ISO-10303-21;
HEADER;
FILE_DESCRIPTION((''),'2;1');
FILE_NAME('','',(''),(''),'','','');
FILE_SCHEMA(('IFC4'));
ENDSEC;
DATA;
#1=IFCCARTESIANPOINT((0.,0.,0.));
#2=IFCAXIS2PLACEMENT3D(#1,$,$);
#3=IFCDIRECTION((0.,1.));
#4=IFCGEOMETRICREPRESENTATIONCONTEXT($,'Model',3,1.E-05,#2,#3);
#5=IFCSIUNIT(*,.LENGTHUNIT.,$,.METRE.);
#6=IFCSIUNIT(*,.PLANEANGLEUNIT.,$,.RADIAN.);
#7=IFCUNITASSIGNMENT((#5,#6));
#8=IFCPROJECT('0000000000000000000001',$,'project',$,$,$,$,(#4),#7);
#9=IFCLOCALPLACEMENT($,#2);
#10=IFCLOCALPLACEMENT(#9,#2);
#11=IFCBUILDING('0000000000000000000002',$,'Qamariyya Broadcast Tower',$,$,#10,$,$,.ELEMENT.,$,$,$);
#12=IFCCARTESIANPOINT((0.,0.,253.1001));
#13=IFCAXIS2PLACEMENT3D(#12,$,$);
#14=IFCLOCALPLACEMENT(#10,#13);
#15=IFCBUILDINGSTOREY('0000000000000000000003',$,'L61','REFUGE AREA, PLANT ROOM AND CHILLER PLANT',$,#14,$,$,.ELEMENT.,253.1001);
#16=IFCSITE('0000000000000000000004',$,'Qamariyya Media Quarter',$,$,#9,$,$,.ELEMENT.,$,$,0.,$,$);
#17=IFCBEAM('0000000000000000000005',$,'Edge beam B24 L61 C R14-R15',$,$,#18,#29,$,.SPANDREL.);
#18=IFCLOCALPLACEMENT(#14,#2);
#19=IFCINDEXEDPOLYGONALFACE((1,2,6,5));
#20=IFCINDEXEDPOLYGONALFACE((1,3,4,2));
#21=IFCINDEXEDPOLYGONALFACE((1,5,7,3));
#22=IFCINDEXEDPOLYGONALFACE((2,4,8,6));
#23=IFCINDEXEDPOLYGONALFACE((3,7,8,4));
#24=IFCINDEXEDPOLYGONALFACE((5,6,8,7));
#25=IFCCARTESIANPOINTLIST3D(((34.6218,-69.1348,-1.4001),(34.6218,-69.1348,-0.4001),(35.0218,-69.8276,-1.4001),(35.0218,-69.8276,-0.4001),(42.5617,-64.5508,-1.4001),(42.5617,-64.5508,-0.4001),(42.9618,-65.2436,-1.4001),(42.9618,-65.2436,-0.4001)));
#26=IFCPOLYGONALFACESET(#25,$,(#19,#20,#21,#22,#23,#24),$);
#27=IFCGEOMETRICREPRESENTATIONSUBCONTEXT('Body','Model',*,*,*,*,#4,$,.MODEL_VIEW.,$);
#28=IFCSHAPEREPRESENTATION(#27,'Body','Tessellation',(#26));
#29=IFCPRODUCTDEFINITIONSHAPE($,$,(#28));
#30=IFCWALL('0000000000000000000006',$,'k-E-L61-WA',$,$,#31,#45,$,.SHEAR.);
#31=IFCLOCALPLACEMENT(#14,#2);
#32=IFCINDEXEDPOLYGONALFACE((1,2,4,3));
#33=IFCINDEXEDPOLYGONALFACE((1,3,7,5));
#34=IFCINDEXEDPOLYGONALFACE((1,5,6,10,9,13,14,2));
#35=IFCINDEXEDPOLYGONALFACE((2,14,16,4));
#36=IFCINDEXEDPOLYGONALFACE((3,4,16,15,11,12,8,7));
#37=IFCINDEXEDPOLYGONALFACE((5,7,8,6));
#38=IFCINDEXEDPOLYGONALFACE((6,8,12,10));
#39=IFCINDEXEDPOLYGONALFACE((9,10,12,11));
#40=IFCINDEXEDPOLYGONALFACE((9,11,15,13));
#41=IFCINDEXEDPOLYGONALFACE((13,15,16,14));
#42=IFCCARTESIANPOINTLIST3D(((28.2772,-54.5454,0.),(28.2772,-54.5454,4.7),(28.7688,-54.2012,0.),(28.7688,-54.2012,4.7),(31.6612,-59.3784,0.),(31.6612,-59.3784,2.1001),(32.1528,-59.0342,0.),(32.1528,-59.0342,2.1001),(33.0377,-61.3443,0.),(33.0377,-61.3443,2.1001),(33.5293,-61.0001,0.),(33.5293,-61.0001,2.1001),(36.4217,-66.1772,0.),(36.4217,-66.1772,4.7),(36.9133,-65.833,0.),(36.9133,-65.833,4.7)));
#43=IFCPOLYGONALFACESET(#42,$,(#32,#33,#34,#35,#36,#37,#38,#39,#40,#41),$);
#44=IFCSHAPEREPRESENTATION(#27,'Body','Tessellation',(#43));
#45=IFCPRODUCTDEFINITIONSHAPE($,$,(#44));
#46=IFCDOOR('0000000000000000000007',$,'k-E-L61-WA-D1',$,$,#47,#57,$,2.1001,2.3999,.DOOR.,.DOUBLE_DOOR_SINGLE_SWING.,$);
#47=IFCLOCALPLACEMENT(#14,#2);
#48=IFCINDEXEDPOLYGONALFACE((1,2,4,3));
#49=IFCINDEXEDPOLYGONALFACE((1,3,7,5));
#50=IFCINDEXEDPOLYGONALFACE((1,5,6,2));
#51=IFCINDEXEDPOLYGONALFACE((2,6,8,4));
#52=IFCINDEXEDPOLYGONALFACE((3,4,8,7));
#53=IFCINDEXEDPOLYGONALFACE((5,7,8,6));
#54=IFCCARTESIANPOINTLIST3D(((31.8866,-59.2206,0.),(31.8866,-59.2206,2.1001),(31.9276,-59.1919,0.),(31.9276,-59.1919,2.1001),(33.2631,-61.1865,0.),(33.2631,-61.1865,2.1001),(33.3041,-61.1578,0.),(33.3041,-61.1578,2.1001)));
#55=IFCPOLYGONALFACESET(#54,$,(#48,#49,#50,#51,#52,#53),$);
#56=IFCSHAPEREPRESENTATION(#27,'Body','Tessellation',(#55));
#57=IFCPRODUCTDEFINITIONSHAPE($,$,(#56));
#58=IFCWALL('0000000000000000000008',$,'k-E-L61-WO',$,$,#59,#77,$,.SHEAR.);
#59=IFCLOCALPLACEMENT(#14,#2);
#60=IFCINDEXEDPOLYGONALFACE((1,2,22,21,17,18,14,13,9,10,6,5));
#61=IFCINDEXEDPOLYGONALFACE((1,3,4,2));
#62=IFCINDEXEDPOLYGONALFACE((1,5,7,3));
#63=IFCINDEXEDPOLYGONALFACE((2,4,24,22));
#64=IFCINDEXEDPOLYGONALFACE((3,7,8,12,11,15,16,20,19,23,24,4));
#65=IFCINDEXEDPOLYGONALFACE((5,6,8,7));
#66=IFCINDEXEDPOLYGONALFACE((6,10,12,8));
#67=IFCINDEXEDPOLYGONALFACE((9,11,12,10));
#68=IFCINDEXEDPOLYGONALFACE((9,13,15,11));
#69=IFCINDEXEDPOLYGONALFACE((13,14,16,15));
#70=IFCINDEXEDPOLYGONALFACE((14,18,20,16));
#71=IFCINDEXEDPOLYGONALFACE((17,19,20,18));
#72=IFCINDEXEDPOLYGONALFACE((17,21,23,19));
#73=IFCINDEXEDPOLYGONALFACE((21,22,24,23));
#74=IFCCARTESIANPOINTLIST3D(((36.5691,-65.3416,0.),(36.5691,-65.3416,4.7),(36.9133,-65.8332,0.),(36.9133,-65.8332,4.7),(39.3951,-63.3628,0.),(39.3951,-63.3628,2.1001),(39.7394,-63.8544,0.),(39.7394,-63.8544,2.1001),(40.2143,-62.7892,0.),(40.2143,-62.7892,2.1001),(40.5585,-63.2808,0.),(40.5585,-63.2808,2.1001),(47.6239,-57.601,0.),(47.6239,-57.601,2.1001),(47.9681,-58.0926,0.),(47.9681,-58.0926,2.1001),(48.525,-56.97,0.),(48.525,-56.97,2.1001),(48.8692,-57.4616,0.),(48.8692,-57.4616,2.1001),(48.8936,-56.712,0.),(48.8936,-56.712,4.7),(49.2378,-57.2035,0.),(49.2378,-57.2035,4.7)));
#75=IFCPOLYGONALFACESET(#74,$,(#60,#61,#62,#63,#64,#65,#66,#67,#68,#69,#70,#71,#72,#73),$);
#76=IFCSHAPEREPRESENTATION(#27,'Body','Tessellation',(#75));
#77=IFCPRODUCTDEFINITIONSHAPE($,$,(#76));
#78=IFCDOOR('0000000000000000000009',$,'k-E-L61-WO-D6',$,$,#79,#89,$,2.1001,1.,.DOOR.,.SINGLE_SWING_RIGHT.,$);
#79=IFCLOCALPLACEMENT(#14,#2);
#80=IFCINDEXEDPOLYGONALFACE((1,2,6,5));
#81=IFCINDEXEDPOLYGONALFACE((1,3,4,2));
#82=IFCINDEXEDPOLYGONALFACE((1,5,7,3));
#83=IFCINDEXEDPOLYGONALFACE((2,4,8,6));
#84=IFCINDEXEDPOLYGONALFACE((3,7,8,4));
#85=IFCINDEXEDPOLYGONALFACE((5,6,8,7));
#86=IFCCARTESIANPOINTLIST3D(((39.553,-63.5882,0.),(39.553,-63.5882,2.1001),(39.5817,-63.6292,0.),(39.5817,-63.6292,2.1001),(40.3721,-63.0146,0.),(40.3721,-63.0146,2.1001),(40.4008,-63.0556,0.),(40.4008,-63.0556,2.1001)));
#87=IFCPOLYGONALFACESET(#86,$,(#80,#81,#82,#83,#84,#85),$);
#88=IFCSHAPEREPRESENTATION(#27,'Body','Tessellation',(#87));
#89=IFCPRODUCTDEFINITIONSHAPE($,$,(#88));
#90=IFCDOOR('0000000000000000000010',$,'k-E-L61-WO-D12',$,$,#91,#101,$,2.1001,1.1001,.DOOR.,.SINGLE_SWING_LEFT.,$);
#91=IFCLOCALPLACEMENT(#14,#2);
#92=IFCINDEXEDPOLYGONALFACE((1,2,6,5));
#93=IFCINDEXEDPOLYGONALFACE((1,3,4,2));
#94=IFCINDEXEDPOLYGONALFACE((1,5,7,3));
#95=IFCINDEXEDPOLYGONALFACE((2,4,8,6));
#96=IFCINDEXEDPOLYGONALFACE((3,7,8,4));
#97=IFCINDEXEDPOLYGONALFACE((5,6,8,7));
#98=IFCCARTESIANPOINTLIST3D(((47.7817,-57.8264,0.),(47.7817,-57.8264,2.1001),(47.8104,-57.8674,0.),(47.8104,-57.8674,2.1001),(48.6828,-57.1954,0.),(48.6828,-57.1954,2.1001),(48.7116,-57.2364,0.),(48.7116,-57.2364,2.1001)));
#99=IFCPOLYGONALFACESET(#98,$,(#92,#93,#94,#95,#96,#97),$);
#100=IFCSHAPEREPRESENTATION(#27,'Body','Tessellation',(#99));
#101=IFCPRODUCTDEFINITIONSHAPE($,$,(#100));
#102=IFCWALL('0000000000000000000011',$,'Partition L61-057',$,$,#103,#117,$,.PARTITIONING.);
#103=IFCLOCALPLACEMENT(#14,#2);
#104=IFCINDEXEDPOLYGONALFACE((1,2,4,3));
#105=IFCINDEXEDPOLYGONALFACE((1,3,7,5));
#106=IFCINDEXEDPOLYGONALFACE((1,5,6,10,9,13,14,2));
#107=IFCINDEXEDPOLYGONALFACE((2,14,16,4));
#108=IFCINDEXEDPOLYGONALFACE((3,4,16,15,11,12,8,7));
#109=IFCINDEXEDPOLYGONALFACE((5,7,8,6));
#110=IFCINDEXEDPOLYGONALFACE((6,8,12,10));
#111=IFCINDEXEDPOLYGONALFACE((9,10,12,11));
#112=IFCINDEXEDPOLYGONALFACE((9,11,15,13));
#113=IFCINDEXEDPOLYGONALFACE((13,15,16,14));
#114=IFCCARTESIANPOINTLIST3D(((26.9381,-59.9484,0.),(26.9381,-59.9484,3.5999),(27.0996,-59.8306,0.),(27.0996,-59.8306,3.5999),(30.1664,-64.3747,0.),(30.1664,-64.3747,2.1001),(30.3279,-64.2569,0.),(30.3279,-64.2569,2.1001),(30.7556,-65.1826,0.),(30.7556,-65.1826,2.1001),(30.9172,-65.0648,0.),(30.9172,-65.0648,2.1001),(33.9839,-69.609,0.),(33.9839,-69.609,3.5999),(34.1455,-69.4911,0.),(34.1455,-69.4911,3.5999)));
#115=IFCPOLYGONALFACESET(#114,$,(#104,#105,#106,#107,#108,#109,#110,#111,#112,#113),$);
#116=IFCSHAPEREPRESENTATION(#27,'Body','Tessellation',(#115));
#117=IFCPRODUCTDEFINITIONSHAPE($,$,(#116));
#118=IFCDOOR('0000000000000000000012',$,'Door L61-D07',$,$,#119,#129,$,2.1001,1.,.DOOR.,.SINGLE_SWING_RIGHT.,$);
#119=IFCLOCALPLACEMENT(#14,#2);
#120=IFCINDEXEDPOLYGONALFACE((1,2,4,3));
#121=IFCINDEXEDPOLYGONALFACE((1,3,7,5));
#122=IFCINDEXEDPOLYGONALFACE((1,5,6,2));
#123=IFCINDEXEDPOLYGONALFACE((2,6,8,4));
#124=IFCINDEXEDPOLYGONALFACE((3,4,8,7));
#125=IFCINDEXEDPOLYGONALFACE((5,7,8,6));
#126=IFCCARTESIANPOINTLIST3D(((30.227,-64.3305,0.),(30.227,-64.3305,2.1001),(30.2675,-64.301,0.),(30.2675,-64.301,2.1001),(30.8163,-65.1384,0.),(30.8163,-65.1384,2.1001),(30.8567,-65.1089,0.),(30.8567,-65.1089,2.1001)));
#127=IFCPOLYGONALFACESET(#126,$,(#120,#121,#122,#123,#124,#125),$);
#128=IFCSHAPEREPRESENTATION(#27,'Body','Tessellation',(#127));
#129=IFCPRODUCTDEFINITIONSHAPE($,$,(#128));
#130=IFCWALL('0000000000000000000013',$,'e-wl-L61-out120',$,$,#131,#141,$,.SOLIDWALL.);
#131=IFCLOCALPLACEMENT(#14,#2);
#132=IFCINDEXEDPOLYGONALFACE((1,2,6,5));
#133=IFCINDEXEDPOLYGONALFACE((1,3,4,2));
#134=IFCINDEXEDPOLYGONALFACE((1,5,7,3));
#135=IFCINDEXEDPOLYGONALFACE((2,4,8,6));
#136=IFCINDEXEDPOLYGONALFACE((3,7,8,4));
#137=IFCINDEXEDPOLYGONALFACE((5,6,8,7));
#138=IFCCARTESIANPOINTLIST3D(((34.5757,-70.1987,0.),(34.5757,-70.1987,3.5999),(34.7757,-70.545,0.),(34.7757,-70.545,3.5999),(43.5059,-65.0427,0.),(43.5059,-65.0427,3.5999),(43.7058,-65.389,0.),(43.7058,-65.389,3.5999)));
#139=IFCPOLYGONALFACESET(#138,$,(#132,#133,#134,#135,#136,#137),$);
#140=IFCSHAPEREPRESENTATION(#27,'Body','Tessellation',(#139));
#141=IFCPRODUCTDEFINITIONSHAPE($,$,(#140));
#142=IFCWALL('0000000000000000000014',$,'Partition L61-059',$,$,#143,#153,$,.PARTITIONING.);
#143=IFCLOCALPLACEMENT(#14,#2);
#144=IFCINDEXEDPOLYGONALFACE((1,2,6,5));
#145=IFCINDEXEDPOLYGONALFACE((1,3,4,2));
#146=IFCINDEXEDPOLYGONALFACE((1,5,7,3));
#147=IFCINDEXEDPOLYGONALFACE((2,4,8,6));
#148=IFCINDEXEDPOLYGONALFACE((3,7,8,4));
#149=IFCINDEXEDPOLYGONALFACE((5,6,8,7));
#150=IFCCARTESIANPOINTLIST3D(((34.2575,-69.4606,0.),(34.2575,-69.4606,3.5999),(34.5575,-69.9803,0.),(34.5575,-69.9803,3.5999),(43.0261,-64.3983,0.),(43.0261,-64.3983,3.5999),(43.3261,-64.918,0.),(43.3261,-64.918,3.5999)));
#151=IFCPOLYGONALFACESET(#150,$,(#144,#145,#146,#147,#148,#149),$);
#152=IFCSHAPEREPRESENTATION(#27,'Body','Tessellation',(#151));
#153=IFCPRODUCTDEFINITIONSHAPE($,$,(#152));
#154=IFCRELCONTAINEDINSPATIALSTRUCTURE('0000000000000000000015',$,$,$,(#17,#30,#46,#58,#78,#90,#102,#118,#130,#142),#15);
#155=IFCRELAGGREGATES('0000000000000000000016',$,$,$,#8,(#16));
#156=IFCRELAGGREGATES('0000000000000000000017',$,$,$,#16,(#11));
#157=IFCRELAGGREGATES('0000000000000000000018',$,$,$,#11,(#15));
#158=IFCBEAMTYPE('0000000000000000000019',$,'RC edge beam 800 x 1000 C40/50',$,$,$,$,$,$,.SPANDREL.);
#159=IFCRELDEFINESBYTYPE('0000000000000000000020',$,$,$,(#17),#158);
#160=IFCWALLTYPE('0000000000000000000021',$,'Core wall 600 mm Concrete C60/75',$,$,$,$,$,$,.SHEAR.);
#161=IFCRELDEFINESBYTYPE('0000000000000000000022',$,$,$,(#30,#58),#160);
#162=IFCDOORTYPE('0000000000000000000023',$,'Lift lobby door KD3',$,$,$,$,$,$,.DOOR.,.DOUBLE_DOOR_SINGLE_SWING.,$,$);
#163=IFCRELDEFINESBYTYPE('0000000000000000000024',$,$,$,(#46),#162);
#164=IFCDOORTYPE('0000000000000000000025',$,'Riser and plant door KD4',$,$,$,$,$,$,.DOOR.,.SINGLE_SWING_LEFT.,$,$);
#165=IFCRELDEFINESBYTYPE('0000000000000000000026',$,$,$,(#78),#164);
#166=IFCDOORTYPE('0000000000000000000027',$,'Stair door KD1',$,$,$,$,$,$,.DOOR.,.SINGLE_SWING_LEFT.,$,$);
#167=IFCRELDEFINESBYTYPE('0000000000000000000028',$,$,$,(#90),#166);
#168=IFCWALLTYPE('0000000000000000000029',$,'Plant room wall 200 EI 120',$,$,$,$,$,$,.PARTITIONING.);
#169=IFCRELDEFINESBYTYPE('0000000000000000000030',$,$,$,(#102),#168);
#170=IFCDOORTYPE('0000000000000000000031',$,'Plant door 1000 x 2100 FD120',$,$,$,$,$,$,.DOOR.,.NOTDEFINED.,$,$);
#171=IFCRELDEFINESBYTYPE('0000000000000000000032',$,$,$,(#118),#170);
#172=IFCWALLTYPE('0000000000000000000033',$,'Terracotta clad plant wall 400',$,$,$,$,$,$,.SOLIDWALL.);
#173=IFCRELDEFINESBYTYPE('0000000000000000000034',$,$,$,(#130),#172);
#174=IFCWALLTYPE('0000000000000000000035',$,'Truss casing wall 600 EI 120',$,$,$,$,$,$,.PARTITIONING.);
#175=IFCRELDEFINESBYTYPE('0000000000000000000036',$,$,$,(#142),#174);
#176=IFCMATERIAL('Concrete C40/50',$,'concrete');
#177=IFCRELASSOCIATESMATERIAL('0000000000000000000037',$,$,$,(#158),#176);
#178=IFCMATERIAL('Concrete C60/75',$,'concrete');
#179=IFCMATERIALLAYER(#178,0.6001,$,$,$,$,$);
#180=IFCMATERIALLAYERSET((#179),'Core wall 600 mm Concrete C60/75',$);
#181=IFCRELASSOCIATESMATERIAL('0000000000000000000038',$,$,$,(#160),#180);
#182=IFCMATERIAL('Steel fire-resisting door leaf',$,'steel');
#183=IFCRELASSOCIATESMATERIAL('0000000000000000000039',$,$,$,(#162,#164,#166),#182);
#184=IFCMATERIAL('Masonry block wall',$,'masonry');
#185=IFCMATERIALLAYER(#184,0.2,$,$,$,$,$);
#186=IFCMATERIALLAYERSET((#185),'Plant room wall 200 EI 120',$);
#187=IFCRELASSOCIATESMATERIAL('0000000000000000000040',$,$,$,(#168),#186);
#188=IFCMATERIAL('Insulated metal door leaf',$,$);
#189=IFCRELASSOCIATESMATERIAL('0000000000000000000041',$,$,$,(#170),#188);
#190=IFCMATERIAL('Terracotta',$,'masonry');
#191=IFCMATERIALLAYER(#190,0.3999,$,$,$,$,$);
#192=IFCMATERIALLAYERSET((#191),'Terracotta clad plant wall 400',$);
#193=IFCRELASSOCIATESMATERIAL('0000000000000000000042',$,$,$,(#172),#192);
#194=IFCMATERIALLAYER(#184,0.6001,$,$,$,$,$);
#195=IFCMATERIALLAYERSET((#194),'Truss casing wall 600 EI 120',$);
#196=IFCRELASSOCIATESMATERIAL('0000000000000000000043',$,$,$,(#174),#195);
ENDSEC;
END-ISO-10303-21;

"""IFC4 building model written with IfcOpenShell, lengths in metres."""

from ifc_helpers import new_model, si_unit, direction, frame, frame_2d, origin, origin_2d, place, context, subcontext, project, spatial, rectangle, extrude, material, layer, layer_set, material_profile, profile_set, type_object, element, fill, save


model = new_model("IFC4")

# Units and contexts
model_context = context("Model", 3, precision=1e-05, world=origin(), true_north=direction((0.0, 1.0)))
body_context = subcontext(model_context, "Body", "Model", "MODEL_VIEW")
ifc_project = project(units=[si_unit("LENGTHUNIT", "METRE"), si_unit("PLANEANGLEUNIT", "RADIAN")], contexts=[model_context])

# Site, building, storey
site_placement = place(None, origin())
site = spatial("IfcSite", under=ifc_project, at=site_placement, Name="Qamariyya Media Quarter", CompositionType="ELEMENT", RefElevation=0.0)
building_placement = place(site_placement, origin())
building = spatial("IfcBuilding", under=site, at=building_placement, Name="Qamariyya Broadcast Tower", CompositionType="ELEMENT")
storey_placement = place(building_placement, frame((0.0, 0.0, 253.1001)))
storey = spatial("IfcBuildingStorey", under=building, at=storey_placement, Name="L61", Description="REFUGE AREA, PLANT ROOM AND CHILLER PLANT", CompositionType="ELEMENT", Elevation=253.1001)

# Shared definitions
ifc_material_1 = material(Name="Concrete C60/75", Category="concrete")

# Beam
ifc_material_2 = material(Name="Concrete C40/50", Category="concrete")
ifc_material_profile_1 = material_profile(ifc_material_2, rectangle(XDim=0.8, YDim=1.0, at=origin_2d()))
ifc_profile_set_1 = profile_set([ifc_material_profile_1], Name="Concrete C40/50")
beam_type = type_object("IfcBeamType", Name="RC edge beam 800 x 1000 C40/50", PredefinedType="SPANDREL", material=ifc_profile_set_1)
beam_placement = place(storey_placement, frame((34.8218, -69.4812, -0.9001), z_axis=(0.866032, 0.499988, 0.0), x_axis=(-0.499988, 0.866032, 0.0)))
element("IfcBeam", 1, at=beam_placement, inside=storey, type_object=beam_type, Name="Edge beam B24 L61 C R14-R15", PredefinedType="SPANDREL", context=body_context, shape_type="SweptSolid", body=[
    extrude(rectangle(XDim=0.8, YDim=1.0, at=origin_2d()), origin(), (0.0, 0.0, 1.0), 9.1682),
])

# Wall, opening, door
ifc_layer_1 = layer(ifc_material_1, 0.6001)
ifc_layer_set_1 = layer_set([ifc_layer_1], Name="Core wall 600 mm Concrete C60/75")
wall_type_1 = type_object("IfcWallType", Name="Core wall 600 mm Concrete C60/75", PredefinedType="SHEAR", material=ifc_layer_set_1)
wall_1_placement = place(storey_placement, frame((36.6675, -66.0051, 0.0), z_axis=(0.0, 0.0, 1.0), x_axis=(-0.573568, 0.819158, 0.0)))
wall_1 = element("IfcWall", 2, at=wall_1_placement, inside=storey, type_object=wall_type_1, Name="k-E-L61-WA", PredefinedType="SHEAR", context=body_context, shape_type="SweptSolid", body=[
    extrude(rectangle(XDim=14.1997, YDim=0.6001, at=frame_2d((7.0999, 0.0))), origin(), (0.0, 0.0, 1.0), 4.7),
])
opening_1_placement = place(wall_1_placement, frame((5.8999, 0.0, 0.0)))
opening_1 = element("IfcOpeningElement", 3, at=opening_1_placement, cuts=wall_1, PredefinedType="OPENING", context=body_context, shape_type="SweptSolid", body=[
    extrude(rectangle(XDim=2.3999, YDim=2.1001, at=frame_2d((1.2, 1.05))), frame((0.0, 0.3101, 0.0), z_axis=(0.0, -1.0, 0.0), x_axis=(1.0, 0.0, 0.0)), (0.0, 0.0, 1.0), 0.6201),
])
ifc_material_3 = material(Name="Steel fire-resisting door leaf", Category="steel")
door_type_1 = type_object("IfcDoorType", Name="Lift lobby door KD3", OperationType="DOUBLE_DOOR_SINGLE_SWING", PredefinedType="DOOR", material=ifc_material_3)
door_1_placement = place(opening_1_placement, origin())
door_1 = element("IfcDoor", 4, at=door_1_placement, inside=storey, type_object=door_type_1, Name="k-E-L61-WA-D1", OperationType="DOUBLE_DOOR_SINGLE_SWING", OverallHeight=2.1001, OverallWidth=2.3999, PredefinedType="DOOR", context=body_context, shape_type="SweptSolid", body=[
    extrude(rectangle(XDim=2.3999, YDim=2.1001, at=frame_2d((1.2, 1.05))), frame((0.0, 0.0249, 0.0), z_axis=(0.0, -1.0, 0.0), x_axis=(1.0, 0.0, 0.0)), (0.0, 0.0, 1.0), 0.05),
])
fill(opening_1, door_1)

# Wall, openings, doors
wall_2_placement = place(storey_placement, frame((36.7412, -65.5874, 0.0), z_axis=(0.0, 0.0, 1.0), x_axis=(0.819153, 0.573575, 0.0)))
wall_2 = element("IfcWall", 5, at=wall_2_placement, inside=storey, type_object=wall_type_1, Name="k-E-L61-WO", PredefinedType="SHEAR", context=body_context, shape_type="SweptSolid", body=[
    extrude(rectangle(XDim=15.0454, YDim=0.6001, at=frame_2d((7.5227, 0.0))), origin(), (0.0, 0.0, 1.0), 4.7),
])
opening_2_placement = place(wall_2_placement, frame((3.45, 0.0, 0.0)))
opening_2 = element("IfcOpeningElement", 6, at=opening_2_placement, cuts=wall_2, PredefinedType="OPENING", context=body_context, shape_type="SweptSolid", body=[
    extrude(rectangle(XDim=1.0, YDim=2.1001, at=frame_2d((0.5, 1.05))), frame((0.0, 0.3101, 0.0), z_axis=(0.0, -1.0, 0.0), x_axis=(1.0, 0.0, 0.0)), (0.0, 0.0, 1.0), 0.6201),
])
opening_3_placement = place(wall_2_placement, frame((13.4954, 0.0, 0.0)))
opening_3 = element("IfcOpeningElement", 7, at=opening_3_placement, cuts=wall_2, PredefinedType="OPENING", context=body_context, shape_type="SweptSolid", body=[
    extrude(rectangle(XDim=1.1001, YDim=2.1001, at=frame_2d((0.55, 1.05))), frame((0.0, 0.3101, 0.0), z_axis=(0.0, -1.0, 0.0), x_axis=(1.0, 0.0, 0.0)), (0.0, 0.0, 1.0), 0.6201),
])
door_type_2 = type_object("IfcDoorType", Name="Riser and plant door KD4", OperationType="SINGLE_SWING_LEFT", PredefinedType="DOOR", material=ifc_material_3)
door_2_placement = place(opening_2_placement, origin())
door_2 = element("IfcDoor", 8, at=door_2_placement, inside=storey, type_object=door_type_2, Name="k-E-L61-WO-D6", OperationType="SINGLE_SWING_RIGHT", OverallHeight=2.1001, OverallWidth=1.0, PredefinedType="DOOR", context=body_context, shape_type="SweptSolid", body=[
    extrude(rectangle(XDim=1.0, YDim=2.1001, at=frame_2d((0.5, 1.05))), frame((0.0, 0.0249, 0.0), z_axis=(0.0, -1.0, 0.0), x_axis=(1.0, 0.0, 0.0)), (0.0, 0.0, 1.0), 0.05),
])
fill(opening_2, door_2)
door_type_3 = type_object("IfcDoorType", Name="Stair door KD1", OperationType="SINGLE_SWING_LEFT", PredefinedType="DOOR", material=ifc_material_3)
door_3_placement = place(opening_3_placement, origin())
door_3 = element("IfcDoor", 9, at=door_3_placement, inside=storey, type_object=door_type_3, Name="k-E-L61-WO-D12", OperationType="SINGLE_SWING_LEFT", OverallHeight=2.1001, OverallWidth=1.1001, PredefinedType="DOOR", context=body_context, shape_type="SweptSolid", body=[
    extrude(rectangle(XDim=1.1001, YDim=2.1001, at=frame_2d((0.55, 1.05))), frame((0.0, 0.0249, 0.0), z_axis=(0.0, -1.0, 0.0), x_axis=(1.0, 0.0, 0.0)), (0.0, 0.0, 1.0), 0.05),
])
fill(opening_3, door_3)

# Wall, opening, door
ifc_material_4 = material(Name="Masonry block wall", Category="masonry")
ifc_layer_2 = layer(ifc_material_4, 0.2)
ifc_layer_set_2 = layer_set([ifc_layer_2], Name="Plant room wall 200 EI 120")
wall_type_2 = type_object("IfcWallType", Name="Plant room wall 200 EI 120", PredefinedType="PARTITIONING", material=ifc_layer_set_2)
wall_3_placement = place(storey_placement, frame((34.0647, -69.55, 0.0), z_axis=(0.0, 0.0, 1.0), x_axis=(-0.589264, 0.807941, 0.0)))
wall_3 = element("IfcWall", 10, at=wall_3_placement, inside=storey, type_object=wall_type_2, Name="Partition L61-057", PredefinedType="PARTITIONING", context=body_context, shape_type="SweptSolid", body=[
    extrude(rectangle(XDim=11.957, YDim=0.2, at=frame_2d((5.9785, 0.0))), origin(), (0.0, 0.0, 1.0), 3.5999),
])
opening_4_placement = place(wall_3_placement, frame((5.4785, 0.0, 0.0)))
opening_4 = element("IfcOpeningElement", 11, at=opening_4_placement, cuts=wall_3, PredefinedType="OPENING", context=body_context, shape_type="SweptSolid", body=[
    extrude(rectangle(XDim=1.0, YDim=2.1001, at=frame_2d((0.5, 1.05))), frame((0.0, 0.1099, 0.0), z_axis=(0.0, -1.0, 0.0), x_axis=(1.0, 0.0, 0.0)), (0.0, 0.0, 1.0), 0.22),
])
ifc_material_5 = material(Name="Insulated metal door leaf")
door_type_4 = type_object("IfcDoorType", Name="Plant door 1000 x 2100 FD120", OperationType="NOTDEFINED", PredefinedType="DOOR", material=ifc_material_5)
door_4_placement = place(opening_4_placement, origin())
door_4 = element("IfcDoor", 12, at=door_4_placement, inside=storey, type_object=door_type_4, Name="Door L61-D07", OperationType="SINGLE_SWING_RIGHT", OverallHeight=2.1001, OverallWidth=1.0, PredefinedType="DOOR", context=body_context, shape_type="SweptSolid", body=[
    extrude(rectangle(XDim=1.0, YDim=2.1001, at=frame_2d((0.5, 1.05))), frame((0.0, 0.0249, 0.0), z_axis=(0.0, -1.0, 0.0), x_axis=(1.0, 0.0, 0.0)), (0.0, 0.0, 1.0), 0.05),
])
fill(opening_4, door_4)

# Walls
ifc_material_6 = material(Name="Terracotta", Category="masonry")
ifc_layer_3 = layer(ifc_material_6, 0.3999)
ifc_layer_set_3 = layer_set([ifc_layer_3], Name="Terracotta clad plant wall 400")
wall_type_3 = type_object("IfcWallType", Name="Terracotta clad plant wall 400", PredefinedType="SOLIDWALL", material=ifc_layer_set_3)
wall_4_placement = place(storey_placement, frame((34.6758, -70.3718, 0.0), z_axis=(0.0, 0.0, 1.0), x_axis=(0.866018, 0.500012, 0.0)))
element("IfcWall", 13, at=wall_4_placement, inside=storey, type_object=wall_type_3, Name="e-wl-L61-out120", PredefinedType="SOLIDWALL", context=body_context, shape_type="SweptSolid", body=[
    extrude(rectangle(XDim=10.3118, YDim=0.3999, at=frame_2d((5.1558, 0.0))), origin(), (0.0, 0.0, 1.0), 3.5999),
])
ifc_layer_4 = layer(ifc_material_4, 0.6001)
ifc_layer_set_4 = layer_set([ifc_layer_4], Name="Truss casing wall 600 EI 120")
wall_type_4 = type_object("IfcWallType", Name="Truss casing wall 600 EI 120", PredefinedType="PARTITIONING", material=ifc_layer_set_4)
wall_5_placement = place(storey_placement, frame((34.4075, -69.7205, 0.0), z_axis=(0.0, 0.0, 1.0), x_axis=(0.866037, 0.49998, 0.0)))
element("IfcWall", 14, at=wall_5_placement, inside=storey, type_object=wall_type_4, Name="Partition L61-059", PredefinedType="PARTITIONING", context=body_context, shape_type="SweptSolid", body=[
    extrude(rectangle(XDim=10.125, YDim=0.6001, at=frame_2d((5.0625, 0.0))), origin(), (0.0, 0.0, 1.0), 3.5999),
])

save(model, "model.ifc")
